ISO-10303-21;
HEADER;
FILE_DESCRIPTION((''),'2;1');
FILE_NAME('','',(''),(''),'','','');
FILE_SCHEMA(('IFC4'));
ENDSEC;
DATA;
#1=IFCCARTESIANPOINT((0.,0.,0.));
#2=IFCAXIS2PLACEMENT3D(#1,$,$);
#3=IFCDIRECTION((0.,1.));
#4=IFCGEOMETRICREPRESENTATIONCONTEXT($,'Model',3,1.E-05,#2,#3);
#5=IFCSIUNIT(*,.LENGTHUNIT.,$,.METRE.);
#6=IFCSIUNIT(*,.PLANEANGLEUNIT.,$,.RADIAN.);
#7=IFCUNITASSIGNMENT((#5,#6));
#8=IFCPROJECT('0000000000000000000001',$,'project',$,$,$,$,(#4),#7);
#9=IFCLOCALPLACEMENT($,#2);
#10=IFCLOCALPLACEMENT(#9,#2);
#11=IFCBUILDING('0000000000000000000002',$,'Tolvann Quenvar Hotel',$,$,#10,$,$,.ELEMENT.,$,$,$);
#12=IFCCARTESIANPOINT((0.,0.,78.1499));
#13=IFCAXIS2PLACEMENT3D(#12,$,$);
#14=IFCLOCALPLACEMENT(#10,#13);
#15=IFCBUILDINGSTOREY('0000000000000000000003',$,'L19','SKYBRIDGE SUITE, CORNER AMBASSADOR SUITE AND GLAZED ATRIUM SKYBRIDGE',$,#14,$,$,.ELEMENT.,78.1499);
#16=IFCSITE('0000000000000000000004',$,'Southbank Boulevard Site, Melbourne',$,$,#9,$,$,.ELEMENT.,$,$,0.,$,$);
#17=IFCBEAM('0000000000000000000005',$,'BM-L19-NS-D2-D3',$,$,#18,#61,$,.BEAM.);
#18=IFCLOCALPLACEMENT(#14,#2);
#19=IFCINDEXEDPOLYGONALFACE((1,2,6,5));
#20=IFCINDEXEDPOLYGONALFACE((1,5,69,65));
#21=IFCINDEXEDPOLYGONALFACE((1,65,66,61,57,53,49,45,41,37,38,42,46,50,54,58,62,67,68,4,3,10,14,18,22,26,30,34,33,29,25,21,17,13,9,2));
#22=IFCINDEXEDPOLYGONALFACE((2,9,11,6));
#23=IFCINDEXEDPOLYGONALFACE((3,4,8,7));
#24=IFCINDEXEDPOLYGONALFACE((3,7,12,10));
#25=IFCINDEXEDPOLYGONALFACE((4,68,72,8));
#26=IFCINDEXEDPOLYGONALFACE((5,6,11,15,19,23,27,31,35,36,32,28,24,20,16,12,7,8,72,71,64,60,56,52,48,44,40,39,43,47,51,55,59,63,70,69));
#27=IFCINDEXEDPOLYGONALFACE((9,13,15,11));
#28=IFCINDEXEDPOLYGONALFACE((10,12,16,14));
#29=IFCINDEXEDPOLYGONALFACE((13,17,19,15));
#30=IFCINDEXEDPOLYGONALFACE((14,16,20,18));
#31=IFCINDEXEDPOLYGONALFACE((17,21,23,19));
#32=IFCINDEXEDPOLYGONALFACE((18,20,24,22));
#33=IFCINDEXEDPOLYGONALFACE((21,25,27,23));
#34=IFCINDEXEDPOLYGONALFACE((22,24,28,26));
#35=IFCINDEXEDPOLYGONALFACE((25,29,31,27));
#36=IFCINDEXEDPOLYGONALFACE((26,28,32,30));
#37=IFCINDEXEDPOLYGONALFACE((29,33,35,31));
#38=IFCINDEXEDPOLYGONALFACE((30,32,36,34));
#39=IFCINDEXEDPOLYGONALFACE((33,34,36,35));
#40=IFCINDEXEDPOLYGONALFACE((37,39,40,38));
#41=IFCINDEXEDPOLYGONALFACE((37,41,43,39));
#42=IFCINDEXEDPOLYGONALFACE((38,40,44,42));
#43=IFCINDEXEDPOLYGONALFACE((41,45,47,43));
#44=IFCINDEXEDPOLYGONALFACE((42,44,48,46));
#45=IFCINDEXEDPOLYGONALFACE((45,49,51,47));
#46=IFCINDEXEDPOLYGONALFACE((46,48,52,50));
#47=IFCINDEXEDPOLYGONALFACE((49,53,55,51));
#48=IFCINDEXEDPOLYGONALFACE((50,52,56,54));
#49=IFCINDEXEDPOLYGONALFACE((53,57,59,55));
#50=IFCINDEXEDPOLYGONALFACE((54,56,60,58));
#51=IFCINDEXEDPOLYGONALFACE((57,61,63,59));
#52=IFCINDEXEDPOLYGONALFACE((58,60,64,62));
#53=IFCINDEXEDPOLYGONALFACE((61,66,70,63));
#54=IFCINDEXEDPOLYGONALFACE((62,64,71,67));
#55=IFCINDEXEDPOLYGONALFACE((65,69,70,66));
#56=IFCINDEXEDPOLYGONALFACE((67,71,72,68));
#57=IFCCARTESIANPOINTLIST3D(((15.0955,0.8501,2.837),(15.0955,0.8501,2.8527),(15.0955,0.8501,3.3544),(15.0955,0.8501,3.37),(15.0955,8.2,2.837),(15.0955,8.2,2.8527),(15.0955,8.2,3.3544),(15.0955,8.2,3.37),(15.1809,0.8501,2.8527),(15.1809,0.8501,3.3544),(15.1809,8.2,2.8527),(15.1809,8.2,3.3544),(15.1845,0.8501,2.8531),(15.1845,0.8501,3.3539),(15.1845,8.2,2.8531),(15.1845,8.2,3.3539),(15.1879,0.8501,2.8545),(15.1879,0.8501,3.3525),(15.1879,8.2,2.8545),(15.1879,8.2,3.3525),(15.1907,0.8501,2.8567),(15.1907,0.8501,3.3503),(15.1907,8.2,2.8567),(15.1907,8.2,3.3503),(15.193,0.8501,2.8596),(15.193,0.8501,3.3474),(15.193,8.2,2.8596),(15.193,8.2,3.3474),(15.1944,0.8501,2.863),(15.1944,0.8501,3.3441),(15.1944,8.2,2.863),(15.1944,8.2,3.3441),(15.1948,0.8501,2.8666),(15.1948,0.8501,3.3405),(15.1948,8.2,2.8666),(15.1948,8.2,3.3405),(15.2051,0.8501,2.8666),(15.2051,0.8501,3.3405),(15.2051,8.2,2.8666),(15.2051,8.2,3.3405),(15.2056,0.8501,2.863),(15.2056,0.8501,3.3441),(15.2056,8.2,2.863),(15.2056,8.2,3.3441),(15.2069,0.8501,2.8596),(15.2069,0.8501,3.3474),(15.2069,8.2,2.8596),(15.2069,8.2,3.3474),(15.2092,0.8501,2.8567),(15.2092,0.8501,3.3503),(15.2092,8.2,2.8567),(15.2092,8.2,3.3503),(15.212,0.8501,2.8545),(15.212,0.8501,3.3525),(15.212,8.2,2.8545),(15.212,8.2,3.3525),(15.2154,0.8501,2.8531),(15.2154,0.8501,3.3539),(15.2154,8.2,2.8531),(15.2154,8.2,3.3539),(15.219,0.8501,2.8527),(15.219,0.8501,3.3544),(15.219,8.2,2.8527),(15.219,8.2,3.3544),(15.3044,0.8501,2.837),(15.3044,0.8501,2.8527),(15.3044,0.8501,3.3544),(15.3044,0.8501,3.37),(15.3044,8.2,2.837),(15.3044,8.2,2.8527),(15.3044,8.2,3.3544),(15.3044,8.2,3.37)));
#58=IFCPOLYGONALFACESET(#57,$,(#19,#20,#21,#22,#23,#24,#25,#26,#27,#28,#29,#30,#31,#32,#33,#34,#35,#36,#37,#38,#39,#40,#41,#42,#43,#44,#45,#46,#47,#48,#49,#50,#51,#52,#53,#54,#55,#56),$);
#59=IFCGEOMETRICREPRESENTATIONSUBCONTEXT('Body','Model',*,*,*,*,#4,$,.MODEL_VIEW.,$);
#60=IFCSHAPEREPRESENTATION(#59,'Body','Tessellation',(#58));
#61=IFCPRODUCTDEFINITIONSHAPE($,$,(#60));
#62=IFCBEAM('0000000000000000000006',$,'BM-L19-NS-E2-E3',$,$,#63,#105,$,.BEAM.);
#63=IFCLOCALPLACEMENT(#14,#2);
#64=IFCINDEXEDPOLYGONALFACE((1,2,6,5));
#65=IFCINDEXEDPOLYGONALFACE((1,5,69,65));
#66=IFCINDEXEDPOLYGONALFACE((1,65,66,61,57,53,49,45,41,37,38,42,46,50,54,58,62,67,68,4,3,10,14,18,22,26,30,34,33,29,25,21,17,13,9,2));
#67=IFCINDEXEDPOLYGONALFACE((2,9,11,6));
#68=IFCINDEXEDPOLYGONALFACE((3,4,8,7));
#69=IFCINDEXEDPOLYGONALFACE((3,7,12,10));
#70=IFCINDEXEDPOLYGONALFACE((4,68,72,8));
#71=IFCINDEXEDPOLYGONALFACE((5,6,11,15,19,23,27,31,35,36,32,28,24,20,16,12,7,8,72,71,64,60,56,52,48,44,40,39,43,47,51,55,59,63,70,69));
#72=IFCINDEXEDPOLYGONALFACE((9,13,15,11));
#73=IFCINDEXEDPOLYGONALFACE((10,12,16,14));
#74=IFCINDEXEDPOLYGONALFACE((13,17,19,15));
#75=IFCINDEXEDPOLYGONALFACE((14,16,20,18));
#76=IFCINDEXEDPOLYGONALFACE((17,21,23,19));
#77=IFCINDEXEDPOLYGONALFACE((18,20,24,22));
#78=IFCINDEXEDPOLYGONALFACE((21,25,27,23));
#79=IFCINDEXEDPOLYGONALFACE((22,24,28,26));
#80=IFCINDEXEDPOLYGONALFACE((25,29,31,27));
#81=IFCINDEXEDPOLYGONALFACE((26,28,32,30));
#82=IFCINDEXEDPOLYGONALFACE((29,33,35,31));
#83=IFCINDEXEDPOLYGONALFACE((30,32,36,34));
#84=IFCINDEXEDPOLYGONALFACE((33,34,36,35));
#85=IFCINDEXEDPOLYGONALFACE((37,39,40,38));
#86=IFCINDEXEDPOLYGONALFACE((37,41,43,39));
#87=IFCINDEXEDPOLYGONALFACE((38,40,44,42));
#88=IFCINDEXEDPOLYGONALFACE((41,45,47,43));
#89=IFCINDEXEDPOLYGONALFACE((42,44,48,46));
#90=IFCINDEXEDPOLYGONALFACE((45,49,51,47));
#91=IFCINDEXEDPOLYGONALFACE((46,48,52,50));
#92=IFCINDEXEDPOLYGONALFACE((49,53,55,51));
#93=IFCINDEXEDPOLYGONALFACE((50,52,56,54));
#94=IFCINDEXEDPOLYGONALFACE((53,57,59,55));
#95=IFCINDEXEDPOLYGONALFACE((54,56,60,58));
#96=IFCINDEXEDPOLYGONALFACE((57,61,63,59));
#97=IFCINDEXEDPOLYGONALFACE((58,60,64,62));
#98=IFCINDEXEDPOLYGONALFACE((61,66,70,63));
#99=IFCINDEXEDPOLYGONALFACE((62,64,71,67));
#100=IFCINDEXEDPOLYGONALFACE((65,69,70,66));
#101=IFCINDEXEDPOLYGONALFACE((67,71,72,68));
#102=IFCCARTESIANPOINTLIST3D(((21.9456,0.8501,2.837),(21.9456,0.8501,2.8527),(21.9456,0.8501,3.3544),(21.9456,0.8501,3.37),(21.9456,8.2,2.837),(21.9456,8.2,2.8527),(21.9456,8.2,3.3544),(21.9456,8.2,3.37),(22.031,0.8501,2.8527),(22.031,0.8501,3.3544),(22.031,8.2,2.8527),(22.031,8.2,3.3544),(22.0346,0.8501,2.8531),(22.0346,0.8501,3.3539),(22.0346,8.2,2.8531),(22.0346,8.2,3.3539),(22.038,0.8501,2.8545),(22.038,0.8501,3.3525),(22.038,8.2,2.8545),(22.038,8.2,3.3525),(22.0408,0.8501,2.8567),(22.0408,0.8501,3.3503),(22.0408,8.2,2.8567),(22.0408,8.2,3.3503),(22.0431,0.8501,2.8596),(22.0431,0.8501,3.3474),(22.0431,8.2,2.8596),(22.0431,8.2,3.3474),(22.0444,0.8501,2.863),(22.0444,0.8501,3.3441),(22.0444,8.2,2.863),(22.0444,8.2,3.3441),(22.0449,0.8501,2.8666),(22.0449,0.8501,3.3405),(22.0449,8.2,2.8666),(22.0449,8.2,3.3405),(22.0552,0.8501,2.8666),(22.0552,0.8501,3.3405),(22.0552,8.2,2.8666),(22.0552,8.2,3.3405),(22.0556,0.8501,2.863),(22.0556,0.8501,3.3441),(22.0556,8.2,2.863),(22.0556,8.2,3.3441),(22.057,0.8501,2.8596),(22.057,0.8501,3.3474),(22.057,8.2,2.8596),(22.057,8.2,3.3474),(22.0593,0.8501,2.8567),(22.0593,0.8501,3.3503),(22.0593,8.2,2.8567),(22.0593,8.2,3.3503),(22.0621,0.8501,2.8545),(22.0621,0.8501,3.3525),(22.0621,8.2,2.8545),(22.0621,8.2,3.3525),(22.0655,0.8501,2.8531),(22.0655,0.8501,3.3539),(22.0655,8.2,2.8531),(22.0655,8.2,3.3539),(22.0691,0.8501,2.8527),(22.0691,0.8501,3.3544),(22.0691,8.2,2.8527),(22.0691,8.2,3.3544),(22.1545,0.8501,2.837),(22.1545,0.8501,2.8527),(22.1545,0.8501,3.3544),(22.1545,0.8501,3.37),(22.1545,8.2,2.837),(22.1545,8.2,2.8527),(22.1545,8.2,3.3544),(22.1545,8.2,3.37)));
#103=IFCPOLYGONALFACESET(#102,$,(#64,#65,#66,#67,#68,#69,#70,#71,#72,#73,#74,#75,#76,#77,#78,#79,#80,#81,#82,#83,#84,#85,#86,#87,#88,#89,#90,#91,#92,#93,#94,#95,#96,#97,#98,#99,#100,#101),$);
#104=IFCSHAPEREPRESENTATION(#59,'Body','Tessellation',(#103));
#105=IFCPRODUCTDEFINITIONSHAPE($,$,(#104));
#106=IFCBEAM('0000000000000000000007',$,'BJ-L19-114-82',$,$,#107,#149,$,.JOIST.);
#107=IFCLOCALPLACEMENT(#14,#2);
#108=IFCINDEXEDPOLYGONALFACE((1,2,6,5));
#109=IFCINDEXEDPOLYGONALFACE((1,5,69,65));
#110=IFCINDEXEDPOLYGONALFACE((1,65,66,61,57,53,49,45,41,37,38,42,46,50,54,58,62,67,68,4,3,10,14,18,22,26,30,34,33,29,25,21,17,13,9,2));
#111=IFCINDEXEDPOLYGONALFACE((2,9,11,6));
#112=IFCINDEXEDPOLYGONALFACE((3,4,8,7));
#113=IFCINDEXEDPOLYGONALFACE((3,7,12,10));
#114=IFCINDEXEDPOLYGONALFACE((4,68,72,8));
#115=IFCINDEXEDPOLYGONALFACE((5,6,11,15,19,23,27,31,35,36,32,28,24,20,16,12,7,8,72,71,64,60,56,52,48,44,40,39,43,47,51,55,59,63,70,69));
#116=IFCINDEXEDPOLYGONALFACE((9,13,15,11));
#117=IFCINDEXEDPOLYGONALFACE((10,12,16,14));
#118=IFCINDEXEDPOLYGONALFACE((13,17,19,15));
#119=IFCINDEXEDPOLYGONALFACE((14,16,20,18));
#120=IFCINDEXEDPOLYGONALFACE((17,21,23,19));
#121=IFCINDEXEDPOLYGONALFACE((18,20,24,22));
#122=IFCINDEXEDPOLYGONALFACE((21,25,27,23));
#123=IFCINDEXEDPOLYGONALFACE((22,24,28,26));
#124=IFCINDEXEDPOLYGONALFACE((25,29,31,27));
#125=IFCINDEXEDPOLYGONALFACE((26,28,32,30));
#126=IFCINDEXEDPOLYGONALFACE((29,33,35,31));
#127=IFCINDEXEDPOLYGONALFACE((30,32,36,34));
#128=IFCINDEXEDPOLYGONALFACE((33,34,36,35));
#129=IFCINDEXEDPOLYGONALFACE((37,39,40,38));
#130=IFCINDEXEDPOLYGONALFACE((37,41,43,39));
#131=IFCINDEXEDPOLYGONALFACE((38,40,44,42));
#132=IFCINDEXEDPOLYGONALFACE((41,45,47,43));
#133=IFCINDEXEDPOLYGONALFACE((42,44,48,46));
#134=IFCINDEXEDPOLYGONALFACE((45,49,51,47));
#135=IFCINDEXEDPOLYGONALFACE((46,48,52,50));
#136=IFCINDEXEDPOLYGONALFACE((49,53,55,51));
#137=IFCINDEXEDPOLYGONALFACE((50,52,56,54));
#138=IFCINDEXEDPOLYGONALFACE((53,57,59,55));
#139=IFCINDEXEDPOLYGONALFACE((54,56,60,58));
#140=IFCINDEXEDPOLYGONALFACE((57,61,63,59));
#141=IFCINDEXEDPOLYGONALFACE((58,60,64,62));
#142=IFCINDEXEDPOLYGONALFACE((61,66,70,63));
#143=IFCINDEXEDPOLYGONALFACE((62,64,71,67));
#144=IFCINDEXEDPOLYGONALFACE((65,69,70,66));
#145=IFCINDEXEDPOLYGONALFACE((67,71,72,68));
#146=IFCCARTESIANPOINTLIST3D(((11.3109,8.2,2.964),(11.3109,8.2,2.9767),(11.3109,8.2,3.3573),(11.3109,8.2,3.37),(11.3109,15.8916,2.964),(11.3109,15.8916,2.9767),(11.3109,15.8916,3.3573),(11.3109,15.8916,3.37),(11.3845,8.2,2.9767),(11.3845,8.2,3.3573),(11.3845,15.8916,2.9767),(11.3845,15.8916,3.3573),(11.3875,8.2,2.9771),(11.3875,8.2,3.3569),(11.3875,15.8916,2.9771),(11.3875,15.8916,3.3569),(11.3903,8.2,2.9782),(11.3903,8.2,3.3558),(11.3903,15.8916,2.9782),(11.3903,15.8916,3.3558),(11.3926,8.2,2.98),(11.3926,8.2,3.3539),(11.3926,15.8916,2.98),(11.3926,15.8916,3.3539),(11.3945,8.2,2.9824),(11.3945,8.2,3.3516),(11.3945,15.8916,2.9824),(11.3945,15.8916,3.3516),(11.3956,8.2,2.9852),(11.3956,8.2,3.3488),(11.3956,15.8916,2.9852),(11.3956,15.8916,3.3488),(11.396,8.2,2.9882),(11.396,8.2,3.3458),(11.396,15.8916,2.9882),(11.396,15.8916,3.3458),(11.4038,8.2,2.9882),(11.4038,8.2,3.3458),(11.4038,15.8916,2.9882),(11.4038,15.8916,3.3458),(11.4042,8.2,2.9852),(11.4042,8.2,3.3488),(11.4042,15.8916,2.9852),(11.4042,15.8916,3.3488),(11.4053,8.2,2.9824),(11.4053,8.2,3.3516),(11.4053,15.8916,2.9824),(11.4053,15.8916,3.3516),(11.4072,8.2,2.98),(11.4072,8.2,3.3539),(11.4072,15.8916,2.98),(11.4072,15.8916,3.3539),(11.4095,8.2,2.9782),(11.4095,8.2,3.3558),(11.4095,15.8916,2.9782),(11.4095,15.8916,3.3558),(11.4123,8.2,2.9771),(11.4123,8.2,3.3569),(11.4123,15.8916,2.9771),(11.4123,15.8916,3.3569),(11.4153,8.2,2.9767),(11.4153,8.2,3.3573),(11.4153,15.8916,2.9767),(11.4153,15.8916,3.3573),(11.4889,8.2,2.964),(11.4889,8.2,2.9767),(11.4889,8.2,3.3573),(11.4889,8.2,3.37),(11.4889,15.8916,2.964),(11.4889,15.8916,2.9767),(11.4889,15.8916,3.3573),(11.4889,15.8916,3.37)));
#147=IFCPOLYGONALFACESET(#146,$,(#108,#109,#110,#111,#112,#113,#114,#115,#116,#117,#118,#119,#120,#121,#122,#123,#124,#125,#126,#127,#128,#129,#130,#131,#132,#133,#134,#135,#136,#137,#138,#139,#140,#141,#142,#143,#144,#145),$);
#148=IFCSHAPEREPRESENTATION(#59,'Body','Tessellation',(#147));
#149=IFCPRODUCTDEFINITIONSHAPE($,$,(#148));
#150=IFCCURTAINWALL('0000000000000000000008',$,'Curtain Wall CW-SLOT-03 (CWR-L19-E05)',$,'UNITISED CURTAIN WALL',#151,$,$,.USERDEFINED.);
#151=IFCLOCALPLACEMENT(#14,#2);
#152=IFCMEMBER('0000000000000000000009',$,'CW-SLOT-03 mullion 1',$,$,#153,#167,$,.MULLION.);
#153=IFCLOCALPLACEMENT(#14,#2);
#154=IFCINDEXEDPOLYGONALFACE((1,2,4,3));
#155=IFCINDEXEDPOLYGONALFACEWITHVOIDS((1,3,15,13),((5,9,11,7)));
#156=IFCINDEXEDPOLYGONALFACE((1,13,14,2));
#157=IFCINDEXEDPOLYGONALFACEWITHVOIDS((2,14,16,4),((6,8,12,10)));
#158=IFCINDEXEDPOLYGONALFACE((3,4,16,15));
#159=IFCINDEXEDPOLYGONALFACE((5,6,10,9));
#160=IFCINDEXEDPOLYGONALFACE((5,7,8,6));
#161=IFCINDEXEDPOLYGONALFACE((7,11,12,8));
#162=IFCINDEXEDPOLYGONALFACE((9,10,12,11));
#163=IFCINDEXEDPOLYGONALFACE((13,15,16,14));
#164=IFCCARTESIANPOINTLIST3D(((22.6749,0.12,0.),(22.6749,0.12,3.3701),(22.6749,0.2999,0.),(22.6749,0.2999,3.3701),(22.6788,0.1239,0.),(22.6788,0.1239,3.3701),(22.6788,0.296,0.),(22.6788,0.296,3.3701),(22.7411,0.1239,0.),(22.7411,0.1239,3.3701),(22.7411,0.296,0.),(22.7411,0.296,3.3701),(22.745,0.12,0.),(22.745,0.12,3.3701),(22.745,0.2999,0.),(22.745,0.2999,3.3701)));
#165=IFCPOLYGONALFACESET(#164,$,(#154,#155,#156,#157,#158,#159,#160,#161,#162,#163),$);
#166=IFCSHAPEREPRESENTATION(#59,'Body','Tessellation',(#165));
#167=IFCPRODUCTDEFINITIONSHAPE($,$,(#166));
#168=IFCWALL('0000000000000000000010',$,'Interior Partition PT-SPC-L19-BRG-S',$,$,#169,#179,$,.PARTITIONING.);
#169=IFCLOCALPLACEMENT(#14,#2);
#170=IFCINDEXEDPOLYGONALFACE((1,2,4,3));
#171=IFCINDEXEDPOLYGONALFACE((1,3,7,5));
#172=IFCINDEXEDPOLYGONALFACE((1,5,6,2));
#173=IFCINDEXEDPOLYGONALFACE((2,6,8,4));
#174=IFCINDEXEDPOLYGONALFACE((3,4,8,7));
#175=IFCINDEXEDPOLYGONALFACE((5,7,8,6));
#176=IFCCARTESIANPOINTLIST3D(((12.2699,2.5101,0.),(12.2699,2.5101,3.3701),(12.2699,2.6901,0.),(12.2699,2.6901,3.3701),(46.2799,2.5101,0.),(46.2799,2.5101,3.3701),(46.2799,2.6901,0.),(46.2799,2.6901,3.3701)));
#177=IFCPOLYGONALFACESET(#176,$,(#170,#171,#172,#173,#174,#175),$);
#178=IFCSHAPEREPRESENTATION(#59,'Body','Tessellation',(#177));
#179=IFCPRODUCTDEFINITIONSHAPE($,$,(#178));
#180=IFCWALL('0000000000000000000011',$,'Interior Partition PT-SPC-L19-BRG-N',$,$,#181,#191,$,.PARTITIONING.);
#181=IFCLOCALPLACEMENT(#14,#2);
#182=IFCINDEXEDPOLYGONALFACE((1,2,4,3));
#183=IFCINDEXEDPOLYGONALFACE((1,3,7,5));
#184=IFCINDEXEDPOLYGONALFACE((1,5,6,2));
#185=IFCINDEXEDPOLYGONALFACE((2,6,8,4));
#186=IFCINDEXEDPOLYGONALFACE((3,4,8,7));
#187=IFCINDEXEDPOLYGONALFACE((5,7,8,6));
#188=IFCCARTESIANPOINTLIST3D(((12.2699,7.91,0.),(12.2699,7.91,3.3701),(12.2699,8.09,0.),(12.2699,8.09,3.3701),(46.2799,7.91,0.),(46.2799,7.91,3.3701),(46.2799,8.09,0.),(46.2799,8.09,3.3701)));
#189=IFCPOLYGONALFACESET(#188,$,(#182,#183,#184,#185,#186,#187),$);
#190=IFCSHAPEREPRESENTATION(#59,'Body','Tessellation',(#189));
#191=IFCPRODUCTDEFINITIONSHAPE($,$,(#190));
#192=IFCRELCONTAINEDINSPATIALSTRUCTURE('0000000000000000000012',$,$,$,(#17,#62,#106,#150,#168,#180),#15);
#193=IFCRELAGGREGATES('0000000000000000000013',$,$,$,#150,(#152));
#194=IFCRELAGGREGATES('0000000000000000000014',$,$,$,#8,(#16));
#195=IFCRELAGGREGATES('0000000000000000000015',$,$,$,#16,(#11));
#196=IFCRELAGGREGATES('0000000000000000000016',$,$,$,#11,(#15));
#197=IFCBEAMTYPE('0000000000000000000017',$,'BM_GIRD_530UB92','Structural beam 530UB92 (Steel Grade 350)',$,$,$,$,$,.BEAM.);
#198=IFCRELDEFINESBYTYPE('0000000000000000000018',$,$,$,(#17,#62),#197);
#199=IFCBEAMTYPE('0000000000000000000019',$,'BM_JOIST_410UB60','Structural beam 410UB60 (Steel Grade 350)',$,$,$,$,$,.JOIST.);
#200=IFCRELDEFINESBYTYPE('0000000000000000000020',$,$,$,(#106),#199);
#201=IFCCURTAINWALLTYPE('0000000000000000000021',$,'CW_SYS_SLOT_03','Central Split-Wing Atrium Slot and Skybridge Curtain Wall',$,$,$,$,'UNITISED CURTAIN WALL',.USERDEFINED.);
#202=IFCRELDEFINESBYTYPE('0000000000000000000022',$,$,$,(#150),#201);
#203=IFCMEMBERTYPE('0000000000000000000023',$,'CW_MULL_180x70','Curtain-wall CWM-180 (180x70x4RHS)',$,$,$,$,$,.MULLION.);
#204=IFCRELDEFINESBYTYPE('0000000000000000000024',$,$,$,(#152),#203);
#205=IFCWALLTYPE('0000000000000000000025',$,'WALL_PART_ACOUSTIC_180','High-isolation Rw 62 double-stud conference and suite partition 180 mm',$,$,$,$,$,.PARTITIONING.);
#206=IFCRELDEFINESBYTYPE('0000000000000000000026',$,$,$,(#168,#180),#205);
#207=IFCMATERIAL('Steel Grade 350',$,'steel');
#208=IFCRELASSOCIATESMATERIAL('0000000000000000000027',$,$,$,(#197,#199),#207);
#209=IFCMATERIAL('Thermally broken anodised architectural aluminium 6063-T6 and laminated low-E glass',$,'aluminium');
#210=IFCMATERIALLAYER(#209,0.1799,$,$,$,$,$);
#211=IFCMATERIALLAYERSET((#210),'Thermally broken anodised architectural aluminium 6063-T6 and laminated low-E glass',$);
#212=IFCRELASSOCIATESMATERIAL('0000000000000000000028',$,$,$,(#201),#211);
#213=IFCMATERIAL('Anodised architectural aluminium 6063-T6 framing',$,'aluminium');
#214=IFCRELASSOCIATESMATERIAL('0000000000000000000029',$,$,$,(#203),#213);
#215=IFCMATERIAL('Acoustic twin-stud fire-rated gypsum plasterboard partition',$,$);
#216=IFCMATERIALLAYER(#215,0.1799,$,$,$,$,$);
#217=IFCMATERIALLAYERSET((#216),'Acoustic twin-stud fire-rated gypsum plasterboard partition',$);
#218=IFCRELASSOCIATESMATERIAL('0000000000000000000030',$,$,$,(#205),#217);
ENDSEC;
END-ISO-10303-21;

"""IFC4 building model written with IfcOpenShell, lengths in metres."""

from ifc_helpers import new_model, si_unit, direction, frame, frame_2d, origin, origin_2d, place, context, subcontext, project, spatial, rectangle, hollow_rectangle, i_section, extrude, source, transform, mapped, material, layer, layer_set, material_profile, profile_set, type_object, type_shapes, element, aggregate, save


model = new_model("IFC4")

# Units and contexts
model_context = context("Model", 3, precision=1e-05, world=origin(), true_north=direction((0.0, 1.0)))
body_context = subcontext(model_context, "Body", "Model", "MODEL_VIEW")
ifc_project = project(units=[si_unit("LENGTHUNIT", "METRE"), si_unit("PLANEANGLEUNIT", "RADIAN")], contexts=[model_context])

# Site, building, storey
site_placement = place(None, origin())
site = spatial("IfcSite", under=ifc_project, at=site_placement, Name="Southbank Boulevard Site, Melbourne", CompositionType="ELEMENT", RefElevation=0.0)
building_placement = place(site_placement, origin())
building = spatial("IfcBuilding", under=site, at=building_placement, Name="Tolvann Quenvar Hotel", CompositionType="ELEMENT")
storey_placement = place(building_placement, frame((0.0, 0.0, 78.1499)))
storey = spatial("IfcBuildingStorey", under=building, at=storey_placement, Name="L19", Description="SKYBRIDGE SUITE, CORNER AMBASSADOR SUITE AND GLAZED ATRIUM SKYBRIDGE", CompositionType="ELEMENT", Elevation=78.1499)

# Shared definitions
ifc_material_1 = material(Name="Steel Grade 350", Category="steel")

# Beams
ifc_material_profile_1 = material_profile(ifc_material_1, i_section(OverallWidth=0.209, OverallDepth=0.533, WebThickness=0.0103, FlangeThickness=0.0156, FilletRadius=0.0139, at=origin_2d()), Name="530UB92")
ifc_profile_set_1 = profile_set([ifc_material_profile_1], Name="Steel Grade 350")
beam_type_1 = type_object("IfcBeamType", Name="BM_GIRD_530UB92", Description="Structural beam 530UB92 (Steel Grade 350)", PredefinedType="BEAM", material=ifc_profile_set_1)
shared_shape_1 = source(origin(), body_context, "Body", "SweptSolid", [
    extrude(i_section(OverallWidth=0.209, OverallDepth=0.533, WebThickness=0.0103, FlangeThickness=0.0156, FilletRadius=0.0139, at=origin_2d()), origin(), (0.0, 0.0, 1.0), 7.3499),
])
type_shapes(beam_type_1, [shared_shape_1])
for number, where, z_axis, x_axis, name in (
    (1, (15.2, 0.8501, 3.1035), (0.0, 1.0, 0.0), (-1.0, 0.0, 0.0), "BM-L19-NS-D2-D3"),
    (2, (22.05, 0.8501, 3.1035), (0.0, 1.0, 0.0), (-1.0, 0.0, 0.0), "BM-L19-NS-E2-E3"),
):
    element("IfcBeam", number, at=place(storey_placement, frame(where, z_axis=z_axis, x_axis=x_axis)), inside=storey, type_object=beam_type_1, Name=name, PredefinedType="BEAM", context=body_context, shape_type="MappedRepresentation", body=[
        mapped(shared_shape_1, transform((0.0, 0.0, 0.0), x_axis=(1.0, 0.0, 0.0), y_axis=(0.0, 1.0, 0.0), z_axis=(0.0, 0.0, 1.0), scale=1.0)),
    ])
ifc_material_profile_2 = material_profile(ifc_material_1, i_section(OverallWidth=0.178, OverallDepth=0.406, WebThickness=0.0078, FlangeThickness=0.0127, FilletRadius=0.0115, at=origin_2d()), Name="410UB60")
ifc_profile_set_2 = profile_set([ifc_material_profile_2], Name="Steel Grade 350")
beam_type_2 = type_object("IfcBeamType", Name="BM_JOIST_410UB60", Description="Structural beam 410UB60 (Steel Grade 350)", PredefinedType="JOIST", material=ifc_profile_set_2)
shared_shape_2 = source(origin(), body_context, "Body", "SweptSolid", [
    extrude(i_section(OverallWidth=0.178, OverallDepth=0.406, WebThickness=0.0078, FlangeThickness=0.0127, FilletRadius=0.0115, at=origin_2d()), origin(), (0.0, 0.0, 1.0), 7.6917),
])
type_shapes(beam_type_2, [shared_shape_2])
beam_1_placement = place(storey_placement, frame((11.3999, 8.2, 3.167), z_axis=(0.0, 1.0, 0.0), x_axis=(-1.0, 0.0, 0.0)))
element("IfcBeam", 3, at=beam_1_placement, inside=storey, type_object=beam_type_2, Name="BJ-L19-114-82", PredefinedType="JOIST", context=body_context, shape_type="MappedRepresentation", body=[
    mapped(shared_shape_2, transform((0.0, 0.0, 0.0), x_axis=(1.0, 0.0, 0.0), y_axis=(0.0, 1.0, 0.0), z_axis=(0.0, 0.0, 1.0), scale=1.0)),
])

# Curtain wall, member
ifc_material_2 = material(Name="Thermally broken anodised architectural aluminium 6063-T6 and laminated low-E glass", Category="aluminium")
ifc_layer_1 = layer(ifc_material_2, 0.1799)
ifc_layer_set_1 = layer_set([ifc_layer_1], Name="Thermally broken anodised architectural aluminium 6063-T6 and laminated low-E glass")
curtain_wall_type = type_object("IfcCurtainWallType", Name="CW_SYS_SLOT_03", Description="Central Split-Wing Atrium Slot and Skybridge Curtain Wall", ElementType="UNITISED CURTAIN WALL", PredefinedType="USERDEFINED", material=ifc_layer_set_1)
curtain_wall_placement = place(storey_placement, origin())
curtain_wall = element("IfcCurtainWall", 4, at=curtain_wall_placement, inside=storey, type_object=curtain_wall_type, Name="Curtain Wall CW-SLOT-03 (CWR-L19-E05)", ObjectType="UNITISED CURTAIN WALL", PredefinedType="USERDEFINED")
ifc_material_3 = material(Name="Anodised architectural aluminium 6063-T6 framing", Category="aluminium")
ifc_material_profile_3 = material_profile(ifc_material_3, hollow_rectangle(XDim=0.0701, YDim=0.1799, WallThickness=0.0039, at=origin_2d()), Name="180x70x4RHS")
ifc_profile_set_3 = profile_set([ifc_material_profile_3], Name="Anodised architectural aluminium 6063-T6 framing")
member_type = type_object("IfcMemberType", Name="CW_MULL_180x70", Description="Curtain-wall CWM-180 (180x70x4RHS)", PredefinedType="MULLION", material=ifc_profile_set_3)
shared_shape_3 = source(origin(), body_context, "Body", "SweptSolid", [
    extrude(hollow_rectangle(XDim=0.0701, YDim=0.1799, WallThickness=0.0039, at=origin_2d()), origin(), (0.0, 0.0, 1.0), 3.3701),
])
type_shapes(member_type, [shared_shape_3])
member_placement = place(storey_placement, frame((22.71, 0.21, 0.0), z_axis=(0.0, 0.0, 1.0), x_axis=(-1.0, 0.0, 0.0)))
member = element("IfcMember", 5, at=member_placement, type_object=member_type, Name="CW-SLOT-03 mullion 1", PredefinedType="MULLION", context=body_context, shape_type="MappedRepresentation", body=[
    mapped(shared_shape_3, transform((0.0, 0.0, 0.0), x_axis=(1.0, 0.0, 0.0), y_axis=(0.0, 1.0, 0.0), z_axis=(0.0, 0.0, 1.0), scale=1.0)),
])
aggregate(curtain_wall, [member])

# Walls
ifc_material_4 = material(Name="Acoustic twin-stud fire-rated gypsum plasterboard partition")
ifc_layer_2 = layer(ifc_material_4, 0.1799)
ifc_layer_set_2 = layer_set([ifc_layer_2], Name="Acoustic twin-stud fire-rated gypsum plasterboard partition")
wall_type_1 = type_object("IfcWallType", Name="WALL_PART_ACOUSTIC_180", Description="High-isolation Rw 62 double-stud conference and suite partition 180 mm", PredefinedType="PARTITIONING", material=ifc_layer_set_2)
for number, where, z_axis, x_axis, name in (
    (6, (12.27, 2.6001, 0.0), (0.0, 0.0, 1.0), (1.0, 0.0, 0.0), "Interior Partition PT-SPC-L19-BRG-S"),
    (7, (12.27, 8.0, 0.0), (0.0, 0.0, 1.0), (1.0, 0.0, 0.0), "Interior Partition PT-SPC-L19-BRG-N"),
):
    element("IfcWall", number, at=place(storey_placement, frame(where, z_axis=z_axis, x_axis=x_axis)), inside=storey, type_object=wall_type_1, Name=name, PredefinedType="PARTITIONING", context=body_context, shape_type="SweptSolid", body=[
        extrude(rectangle(XDim=34.01, YDim=0.1799, at=frame_2d((17.0049, 0.0))), origin(), (0.0, 0.0, 1.0), 3.3701),
    ])

save(model, "model.ifc")
